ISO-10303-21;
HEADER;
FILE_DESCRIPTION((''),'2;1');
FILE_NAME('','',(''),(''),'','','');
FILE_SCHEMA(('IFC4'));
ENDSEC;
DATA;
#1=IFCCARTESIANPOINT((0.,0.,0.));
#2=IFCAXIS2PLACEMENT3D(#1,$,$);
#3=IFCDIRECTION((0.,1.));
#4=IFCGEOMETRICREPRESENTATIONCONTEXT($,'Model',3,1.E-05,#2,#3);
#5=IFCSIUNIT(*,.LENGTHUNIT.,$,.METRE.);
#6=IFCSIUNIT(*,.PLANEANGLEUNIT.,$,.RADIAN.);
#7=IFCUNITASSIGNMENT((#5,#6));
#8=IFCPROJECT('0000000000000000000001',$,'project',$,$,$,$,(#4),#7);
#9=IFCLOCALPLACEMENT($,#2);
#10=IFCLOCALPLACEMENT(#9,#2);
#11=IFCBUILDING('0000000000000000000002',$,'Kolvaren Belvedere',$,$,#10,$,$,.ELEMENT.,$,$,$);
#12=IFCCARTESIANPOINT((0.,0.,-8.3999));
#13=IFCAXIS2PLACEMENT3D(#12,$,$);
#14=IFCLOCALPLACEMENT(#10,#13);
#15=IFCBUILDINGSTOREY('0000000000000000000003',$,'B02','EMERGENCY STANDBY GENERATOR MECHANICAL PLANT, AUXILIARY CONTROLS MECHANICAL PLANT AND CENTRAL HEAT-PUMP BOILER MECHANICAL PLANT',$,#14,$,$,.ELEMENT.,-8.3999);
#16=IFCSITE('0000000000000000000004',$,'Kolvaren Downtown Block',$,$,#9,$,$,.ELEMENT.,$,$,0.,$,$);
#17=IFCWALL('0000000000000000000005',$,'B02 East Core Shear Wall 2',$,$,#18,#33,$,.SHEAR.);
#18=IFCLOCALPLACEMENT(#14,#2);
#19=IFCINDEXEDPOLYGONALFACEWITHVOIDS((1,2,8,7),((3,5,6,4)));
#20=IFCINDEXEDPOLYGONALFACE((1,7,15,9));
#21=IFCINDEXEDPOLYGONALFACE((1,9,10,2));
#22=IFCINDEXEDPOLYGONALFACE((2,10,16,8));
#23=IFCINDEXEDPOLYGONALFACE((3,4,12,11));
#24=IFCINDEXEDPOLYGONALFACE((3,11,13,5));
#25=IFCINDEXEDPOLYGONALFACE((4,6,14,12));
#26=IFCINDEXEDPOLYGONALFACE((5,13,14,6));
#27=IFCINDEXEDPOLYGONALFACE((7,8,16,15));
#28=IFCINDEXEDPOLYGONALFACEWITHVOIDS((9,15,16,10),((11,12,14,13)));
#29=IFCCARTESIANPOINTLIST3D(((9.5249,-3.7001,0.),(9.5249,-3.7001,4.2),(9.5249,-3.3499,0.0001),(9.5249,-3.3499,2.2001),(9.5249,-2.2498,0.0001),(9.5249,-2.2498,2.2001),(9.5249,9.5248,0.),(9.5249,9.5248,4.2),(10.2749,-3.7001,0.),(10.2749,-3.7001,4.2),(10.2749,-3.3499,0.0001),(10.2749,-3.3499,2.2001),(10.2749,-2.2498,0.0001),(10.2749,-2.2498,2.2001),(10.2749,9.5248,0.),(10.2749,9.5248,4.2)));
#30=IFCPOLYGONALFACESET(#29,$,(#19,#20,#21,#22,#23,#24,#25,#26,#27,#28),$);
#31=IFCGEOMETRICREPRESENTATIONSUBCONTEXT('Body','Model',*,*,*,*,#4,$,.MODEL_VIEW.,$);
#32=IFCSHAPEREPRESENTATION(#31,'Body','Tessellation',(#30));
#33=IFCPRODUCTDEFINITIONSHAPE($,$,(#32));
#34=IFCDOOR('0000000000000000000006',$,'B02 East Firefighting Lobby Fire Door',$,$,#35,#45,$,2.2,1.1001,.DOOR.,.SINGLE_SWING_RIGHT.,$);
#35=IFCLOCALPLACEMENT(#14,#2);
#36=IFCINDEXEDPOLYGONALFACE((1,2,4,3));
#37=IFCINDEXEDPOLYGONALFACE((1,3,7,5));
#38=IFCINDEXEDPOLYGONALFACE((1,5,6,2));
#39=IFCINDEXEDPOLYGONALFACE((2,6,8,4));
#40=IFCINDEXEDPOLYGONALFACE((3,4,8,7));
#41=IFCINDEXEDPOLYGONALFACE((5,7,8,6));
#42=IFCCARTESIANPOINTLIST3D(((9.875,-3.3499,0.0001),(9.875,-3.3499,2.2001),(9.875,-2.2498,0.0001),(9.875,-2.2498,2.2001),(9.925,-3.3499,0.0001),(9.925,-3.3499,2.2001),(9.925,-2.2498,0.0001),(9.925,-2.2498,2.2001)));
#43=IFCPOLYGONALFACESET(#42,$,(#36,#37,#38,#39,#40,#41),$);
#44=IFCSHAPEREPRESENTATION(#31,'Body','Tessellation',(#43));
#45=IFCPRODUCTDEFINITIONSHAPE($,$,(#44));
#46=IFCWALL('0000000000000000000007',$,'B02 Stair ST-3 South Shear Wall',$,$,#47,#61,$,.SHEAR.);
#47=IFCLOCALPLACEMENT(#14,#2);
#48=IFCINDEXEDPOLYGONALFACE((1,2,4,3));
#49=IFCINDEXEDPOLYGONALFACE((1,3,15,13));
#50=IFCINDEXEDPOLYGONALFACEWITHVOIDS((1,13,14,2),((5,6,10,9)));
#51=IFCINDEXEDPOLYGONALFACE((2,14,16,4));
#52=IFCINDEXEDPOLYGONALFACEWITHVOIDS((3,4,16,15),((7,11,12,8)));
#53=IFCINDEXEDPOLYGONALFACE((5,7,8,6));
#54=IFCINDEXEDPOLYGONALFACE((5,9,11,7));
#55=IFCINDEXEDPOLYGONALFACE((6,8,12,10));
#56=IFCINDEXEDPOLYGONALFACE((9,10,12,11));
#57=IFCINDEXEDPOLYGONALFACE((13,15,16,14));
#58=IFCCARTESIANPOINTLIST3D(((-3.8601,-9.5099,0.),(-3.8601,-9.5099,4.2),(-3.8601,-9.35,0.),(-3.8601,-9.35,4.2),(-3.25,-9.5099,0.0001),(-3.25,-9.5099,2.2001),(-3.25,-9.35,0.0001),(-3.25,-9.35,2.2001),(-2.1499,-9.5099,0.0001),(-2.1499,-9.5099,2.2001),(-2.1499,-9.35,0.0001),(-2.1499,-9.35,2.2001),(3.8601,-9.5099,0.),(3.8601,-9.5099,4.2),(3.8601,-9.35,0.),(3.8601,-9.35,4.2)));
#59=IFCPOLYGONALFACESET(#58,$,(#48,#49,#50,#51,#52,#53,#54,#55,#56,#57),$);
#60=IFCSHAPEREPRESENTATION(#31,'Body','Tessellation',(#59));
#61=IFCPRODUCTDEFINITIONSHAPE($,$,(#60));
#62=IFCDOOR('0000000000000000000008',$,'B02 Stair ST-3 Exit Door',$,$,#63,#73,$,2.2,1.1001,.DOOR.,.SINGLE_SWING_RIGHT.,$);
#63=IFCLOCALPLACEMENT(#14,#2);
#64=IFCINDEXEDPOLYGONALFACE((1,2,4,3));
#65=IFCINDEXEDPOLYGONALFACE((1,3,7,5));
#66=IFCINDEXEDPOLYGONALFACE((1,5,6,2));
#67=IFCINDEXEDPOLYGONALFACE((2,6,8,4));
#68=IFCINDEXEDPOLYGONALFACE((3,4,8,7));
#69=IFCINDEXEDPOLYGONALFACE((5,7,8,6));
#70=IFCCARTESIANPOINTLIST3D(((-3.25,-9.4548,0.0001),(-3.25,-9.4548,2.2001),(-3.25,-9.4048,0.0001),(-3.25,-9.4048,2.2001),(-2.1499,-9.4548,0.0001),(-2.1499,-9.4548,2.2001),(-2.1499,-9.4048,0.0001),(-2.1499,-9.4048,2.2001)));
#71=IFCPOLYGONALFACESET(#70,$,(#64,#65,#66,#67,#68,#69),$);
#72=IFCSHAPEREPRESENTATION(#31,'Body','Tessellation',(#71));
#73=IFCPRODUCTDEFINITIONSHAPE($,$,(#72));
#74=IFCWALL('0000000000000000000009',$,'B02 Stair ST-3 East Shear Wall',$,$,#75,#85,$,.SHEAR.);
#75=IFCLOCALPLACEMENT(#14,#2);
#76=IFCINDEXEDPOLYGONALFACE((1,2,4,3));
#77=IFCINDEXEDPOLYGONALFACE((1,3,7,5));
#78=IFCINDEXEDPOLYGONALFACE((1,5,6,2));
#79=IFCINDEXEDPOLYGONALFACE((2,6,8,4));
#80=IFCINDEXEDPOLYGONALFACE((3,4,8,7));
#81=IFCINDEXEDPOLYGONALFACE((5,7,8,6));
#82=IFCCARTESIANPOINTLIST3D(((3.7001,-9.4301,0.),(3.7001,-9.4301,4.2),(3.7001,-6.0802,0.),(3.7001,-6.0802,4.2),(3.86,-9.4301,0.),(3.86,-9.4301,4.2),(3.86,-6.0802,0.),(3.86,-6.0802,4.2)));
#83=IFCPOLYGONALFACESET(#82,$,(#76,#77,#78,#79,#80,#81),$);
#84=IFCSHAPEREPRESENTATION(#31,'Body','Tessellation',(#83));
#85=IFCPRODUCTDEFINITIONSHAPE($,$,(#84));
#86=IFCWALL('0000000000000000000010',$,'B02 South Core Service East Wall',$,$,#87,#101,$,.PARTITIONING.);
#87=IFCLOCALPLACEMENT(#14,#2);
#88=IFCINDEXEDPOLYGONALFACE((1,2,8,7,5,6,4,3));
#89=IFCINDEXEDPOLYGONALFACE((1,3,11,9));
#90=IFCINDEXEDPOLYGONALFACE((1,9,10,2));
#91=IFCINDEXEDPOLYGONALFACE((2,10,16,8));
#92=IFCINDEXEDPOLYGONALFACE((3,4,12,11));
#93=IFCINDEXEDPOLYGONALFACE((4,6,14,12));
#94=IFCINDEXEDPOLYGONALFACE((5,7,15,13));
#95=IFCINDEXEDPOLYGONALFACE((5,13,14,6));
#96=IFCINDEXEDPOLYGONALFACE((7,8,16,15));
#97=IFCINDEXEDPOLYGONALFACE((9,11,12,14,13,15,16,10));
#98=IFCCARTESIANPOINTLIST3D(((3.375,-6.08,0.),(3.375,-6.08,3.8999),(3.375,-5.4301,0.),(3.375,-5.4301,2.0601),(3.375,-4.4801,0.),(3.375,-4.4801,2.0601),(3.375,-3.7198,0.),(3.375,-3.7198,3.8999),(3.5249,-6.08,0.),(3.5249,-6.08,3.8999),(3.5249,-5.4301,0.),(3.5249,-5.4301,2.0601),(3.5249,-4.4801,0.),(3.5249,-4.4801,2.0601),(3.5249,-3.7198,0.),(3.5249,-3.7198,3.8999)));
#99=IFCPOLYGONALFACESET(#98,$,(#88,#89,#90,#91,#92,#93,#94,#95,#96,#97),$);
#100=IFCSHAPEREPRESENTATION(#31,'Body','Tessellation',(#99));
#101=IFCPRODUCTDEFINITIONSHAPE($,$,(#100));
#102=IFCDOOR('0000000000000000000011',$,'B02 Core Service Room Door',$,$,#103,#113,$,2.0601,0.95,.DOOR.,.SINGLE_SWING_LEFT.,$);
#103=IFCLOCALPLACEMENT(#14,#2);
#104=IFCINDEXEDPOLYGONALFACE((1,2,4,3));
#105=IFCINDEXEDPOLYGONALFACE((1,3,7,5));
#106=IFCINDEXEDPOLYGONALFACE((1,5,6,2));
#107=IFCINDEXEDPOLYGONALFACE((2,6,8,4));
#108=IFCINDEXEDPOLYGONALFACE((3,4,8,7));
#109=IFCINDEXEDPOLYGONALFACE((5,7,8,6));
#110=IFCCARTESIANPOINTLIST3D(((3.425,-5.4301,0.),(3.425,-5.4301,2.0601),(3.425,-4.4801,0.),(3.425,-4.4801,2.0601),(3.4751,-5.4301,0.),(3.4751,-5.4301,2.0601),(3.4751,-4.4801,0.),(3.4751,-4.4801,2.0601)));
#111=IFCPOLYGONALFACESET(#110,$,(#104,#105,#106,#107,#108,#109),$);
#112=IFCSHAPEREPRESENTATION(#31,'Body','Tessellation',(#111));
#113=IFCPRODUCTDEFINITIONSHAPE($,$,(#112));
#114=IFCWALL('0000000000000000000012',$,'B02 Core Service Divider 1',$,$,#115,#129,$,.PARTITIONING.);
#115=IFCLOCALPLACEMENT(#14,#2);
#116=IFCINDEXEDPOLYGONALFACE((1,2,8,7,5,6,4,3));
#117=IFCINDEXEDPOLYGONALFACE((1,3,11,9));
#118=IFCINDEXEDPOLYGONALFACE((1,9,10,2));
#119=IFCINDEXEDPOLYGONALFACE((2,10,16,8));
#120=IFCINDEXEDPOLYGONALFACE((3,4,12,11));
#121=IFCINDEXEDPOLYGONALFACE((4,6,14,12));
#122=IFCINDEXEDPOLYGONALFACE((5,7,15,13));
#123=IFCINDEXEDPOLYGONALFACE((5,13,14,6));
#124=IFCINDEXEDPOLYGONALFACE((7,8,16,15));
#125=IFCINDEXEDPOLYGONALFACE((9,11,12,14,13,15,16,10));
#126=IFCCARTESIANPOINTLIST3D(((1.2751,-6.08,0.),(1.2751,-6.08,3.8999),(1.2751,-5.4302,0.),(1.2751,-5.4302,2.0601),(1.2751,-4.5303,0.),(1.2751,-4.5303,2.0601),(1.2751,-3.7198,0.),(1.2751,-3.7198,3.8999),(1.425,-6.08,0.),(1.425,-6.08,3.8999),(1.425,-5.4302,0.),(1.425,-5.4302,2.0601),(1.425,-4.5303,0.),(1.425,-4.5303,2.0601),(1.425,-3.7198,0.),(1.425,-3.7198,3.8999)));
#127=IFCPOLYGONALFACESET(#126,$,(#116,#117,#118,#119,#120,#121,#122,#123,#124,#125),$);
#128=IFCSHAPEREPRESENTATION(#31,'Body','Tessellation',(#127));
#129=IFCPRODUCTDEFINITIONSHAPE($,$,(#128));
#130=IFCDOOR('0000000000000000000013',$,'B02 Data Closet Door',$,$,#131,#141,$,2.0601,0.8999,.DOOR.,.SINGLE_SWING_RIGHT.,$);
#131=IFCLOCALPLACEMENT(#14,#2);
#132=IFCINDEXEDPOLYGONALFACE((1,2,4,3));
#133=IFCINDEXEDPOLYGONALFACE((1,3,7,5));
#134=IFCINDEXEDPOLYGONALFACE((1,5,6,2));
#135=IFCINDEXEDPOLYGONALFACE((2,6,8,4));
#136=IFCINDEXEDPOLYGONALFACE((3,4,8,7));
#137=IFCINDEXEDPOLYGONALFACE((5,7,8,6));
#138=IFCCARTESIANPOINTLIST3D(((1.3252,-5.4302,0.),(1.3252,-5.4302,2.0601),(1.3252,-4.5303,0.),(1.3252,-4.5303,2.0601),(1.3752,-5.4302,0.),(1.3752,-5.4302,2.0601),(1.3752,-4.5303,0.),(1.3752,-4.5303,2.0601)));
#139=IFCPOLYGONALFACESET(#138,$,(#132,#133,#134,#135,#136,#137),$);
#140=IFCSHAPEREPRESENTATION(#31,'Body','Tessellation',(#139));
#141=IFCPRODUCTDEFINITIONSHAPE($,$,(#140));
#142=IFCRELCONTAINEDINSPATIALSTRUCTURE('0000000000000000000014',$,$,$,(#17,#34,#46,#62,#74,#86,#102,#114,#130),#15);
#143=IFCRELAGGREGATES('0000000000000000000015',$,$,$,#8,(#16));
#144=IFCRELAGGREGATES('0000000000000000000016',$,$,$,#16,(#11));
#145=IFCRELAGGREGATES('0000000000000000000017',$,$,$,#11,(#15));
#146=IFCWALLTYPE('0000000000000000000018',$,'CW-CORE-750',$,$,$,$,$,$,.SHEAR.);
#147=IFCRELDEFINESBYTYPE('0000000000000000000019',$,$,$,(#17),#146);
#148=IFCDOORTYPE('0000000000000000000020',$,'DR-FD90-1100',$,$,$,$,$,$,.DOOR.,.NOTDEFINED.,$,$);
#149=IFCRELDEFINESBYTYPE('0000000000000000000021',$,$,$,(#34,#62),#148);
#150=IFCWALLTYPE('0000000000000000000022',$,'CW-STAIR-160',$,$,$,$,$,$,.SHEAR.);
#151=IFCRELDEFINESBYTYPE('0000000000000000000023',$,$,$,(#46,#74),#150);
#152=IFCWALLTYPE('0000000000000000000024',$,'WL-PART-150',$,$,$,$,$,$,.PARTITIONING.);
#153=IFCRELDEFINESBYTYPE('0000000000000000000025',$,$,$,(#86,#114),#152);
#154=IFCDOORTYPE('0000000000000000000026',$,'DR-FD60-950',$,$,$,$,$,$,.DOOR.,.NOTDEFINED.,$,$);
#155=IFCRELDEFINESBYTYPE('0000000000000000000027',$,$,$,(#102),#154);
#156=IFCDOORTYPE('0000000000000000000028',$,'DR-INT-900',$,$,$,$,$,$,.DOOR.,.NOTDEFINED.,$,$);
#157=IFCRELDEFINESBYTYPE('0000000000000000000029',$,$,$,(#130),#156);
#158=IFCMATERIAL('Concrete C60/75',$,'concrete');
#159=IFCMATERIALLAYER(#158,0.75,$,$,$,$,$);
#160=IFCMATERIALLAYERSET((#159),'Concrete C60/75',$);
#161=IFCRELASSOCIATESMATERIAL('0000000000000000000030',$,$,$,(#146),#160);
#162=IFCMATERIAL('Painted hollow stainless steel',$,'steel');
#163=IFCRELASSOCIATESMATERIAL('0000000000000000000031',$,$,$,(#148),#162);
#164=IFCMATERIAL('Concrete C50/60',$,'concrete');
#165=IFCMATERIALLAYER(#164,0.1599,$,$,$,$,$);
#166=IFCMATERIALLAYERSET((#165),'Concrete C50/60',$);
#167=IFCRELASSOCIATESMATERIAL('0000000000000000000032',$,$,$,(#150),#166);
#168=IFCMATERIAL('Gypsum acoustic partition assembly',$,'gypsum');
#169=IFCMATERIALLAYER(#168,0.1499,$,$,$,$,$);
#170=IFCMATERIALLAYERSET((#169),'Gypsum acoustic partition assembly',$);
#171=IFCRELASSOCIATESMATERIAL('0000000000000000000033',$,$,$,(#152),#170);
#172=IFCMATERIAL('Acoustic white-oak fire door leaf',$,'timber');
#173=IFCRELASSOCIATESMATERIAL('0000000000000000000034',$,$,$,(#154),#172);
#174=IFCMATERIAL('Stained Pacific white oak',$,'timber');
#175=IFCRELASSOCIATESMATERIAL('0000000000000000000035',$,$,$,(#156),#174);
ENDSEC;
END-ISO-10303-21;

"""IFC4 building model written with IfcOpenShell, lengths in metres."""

from ifc_helpers import new_model, si_unit, direction, frame, frame_2d, origin, place, context, subcontext, project, spatial, rectangle, extrude, material, layer, layer_set, type_object, element, fill, save


model = new_model("IFC4")

# Units and contexts
model_context = context("Model", 3, precision=1e-05, world=origin(), true_north=direction((0.0, 1.0)))
body_context = subcontext(model_context, "Body", "Model", "MODEL_VIEW")
ifc_project = project(units=[si_unit("LENGTHUNIT", "METRE"), si_unit("PLANEANGLEUNIT", "RADIAN")], contexts=[model_context])

# Site, building, storey
site_placement = place(None, origin())
site = spatial("IfcSite", under=ifc_project, at=site_placement, Name="Kolvaren Downtown Block", CompositionType="ELEMENT", RefElevation=0.0)
building_placement = place(site_placement, origin())
building = spatial("IfcBuilding", under=site, at=building_placement, Name="Kolvaren Belvedere", CompositionType="ELEMENT")
storey_placement = place(building_placement, frame((0.0, 0.0, -8.3999)))
storey = spatial("IfcBuildingStorey", under=building, at=storey_placement, Name="B02", Description="EMERGENCY STANDBY GENERATOR MECHANICAL PLANT, AUXILIARY CONTROLS MECHANICAL PLANT AND CENTRAL HEAT-PUMP BOILER MECHANICAL PLANT", CompositionType="ELEMENT", Elevation=-8.3999)

# Walls, openings, doors
ifc_material_1 = material(Name="Concrete C60/75", Category="concrete")
ifc_layer_1 = layer(ifc_material_1, 0.75)
ifc_layer_set_1 = layer_set([ifc_layer_1], Name="Concrete C60/75")
wall_type_1 = type_object("IfcWallType", Name="CW-CORE-750", PredefinedType="SHEAR", material=ifc_layer_set_1)
wall_1_placement = place(storey_placement, frame((9.8999, -3.7, 0.0), z_axis=(0.0, 0.0, 1.0), x_axis=(0.0, 1.0, 0.0)))
wall_1 = element("IfcWall", 1, at=wall_1_placement, inside=storey, type_object=wall_type_1, Name="B02 East Core Shear Wall 2", PredefinedType="SHEAR", context=body_context, shape_type="SweptSolid", body=[
    extrude(rectangle(XDim=13.2249, YDim=0.75, at=frame_2d((6.6123, 0.0))), origin(), (0.0, 0.0, 1.0), 4.2),
])
opening_1_placement = place(wall_1_placement, frame((0.3501, 0.0, 0.0)))
opening_1 = element("IfcOpeningElement", 2, at=opening_1_placement, cuts=wall_1, PredefinedType="OPENING", context=body_context, shape_type="SweptSolid", body=[
    extrude(rectangle(XDim=1.1001, YDim=2.2, at=frame_2d((0.55, 1.1001))), frame((0.0, 0.385, 0.0), z_axis=(0.0, -1.0, 0.0), x_axis=(1.0, 0.0, 0.0)), (0.0, 0.0, 1.0), 0.77),
])
ifc_material_2 = material(Name="Painted hollow stainless steel", Category="steel")
door_type_1 = type_object("IfcDoorType", Name="DR-FD90-1100", OperationType="NOTDEFINED", PredefinedType="DOOR", material=ifc_material_2)
door_1_placement = place(opening_1_placement, origin())
door_1 = element("IfcDoor", 3, at=door_1_placement, inside=storey, type_object=door_type_1, Name="B02 East Firefighting Lobby Fire Door", OperationType="SINGLE_SWING_RIGHT", OverallHeight=2.2, OverallWidth=1.1001, PredefinedType="DOOR", context=body_context, shape_type="SweptSolid", body=[
    extrude(rectangle(XDim=1.1001, YDim=2.2, at=frame_2d((0.55, 1.1001))), frame((0.0, 0.0249, 0.0), z_axis=(0.0, -1.0, 0.0), x_axis=(1.0, 0.0, 0.0)), (0.0, 0.0, 1.0), 0.05),
])
fill(opening_1, door_1)
ifc_material_3 = material(Name="Concrete C50/60", Category="concrete")
ifc_layer_2 = layer(ifc_material_3, 0.1599)
ifc_layer_set_2 = layer_set([ifc_layer_2], Name="Concrete C50/60")
wall_type_2 = type_object("IfcWallType", Name="CW-STAIR-160", PredefinedType="SHEAR", material=ifc_layer_set_2)
wall_2_placement = place(storey_placement, frame((3.8601, -9.4299, 0.0), z_axis=(0.0, 0.0, 1.0), x_axis=(-1.0, 0.0, 0.0)))
wall_2 = element("IfcWall", 4, at=wall_2_placement, inside=storey, type_object=wall_type_2, Name="B02 Stair ST-3 South Shear Wall", PredefinedType="SHEAR", context=body_context, shape_type="SweptSolid", body=[
    extrude(rectangle(XDim=7.7202, YDim=0.1599, at=frame_2d((3.8601, 0.0))), origin(), (0.0, 0.0, 1.0), 4.2),
])
opening_2_placement = place(wall_2_placement, frame((6.01, 0.0, 0.0)))
opening_2 = element("IfcOpeningElement", 5, at=opening_2_placement, cuts=wall_2, PredefinedType="OPENING", context=body_context, shape_type="SweptSolid", body=[
    extrude(rectangle(XDim=1.1001, YDim=2.2, at=frame_2d((0.55, 1.1001))), frame((0.0, 0.0898, 0.0), z_axis=(0.0, -1.0, 0.0), x_axis=(1.0, 0.0, 0.0)), (0.0, 0.0, 1.0), 0.1799),
])
door_2_placement = place(opening_2_placement, origin())
door_2 = element("IfcDoor", 6, at=door_2_placement, inside=storey, type_object=door_type_1, Name="B02 Stair ST-3 Exit Door", OperationType="SINGLE_SWING_RIGHT", OverallHeight=2.2, OverallWidth=1.1001, PredefinedType="DOOR", context=body_context, shape_type="SweptSolid", body=[
    extrude(rectangle(XDim=1.1001, YDim=2.2, at=frame_2d((0.55, 1.1001))), frame((0.0, 0.0249, 0.0), z_axis=(0.0, -1.0, 0.0), x_axis=(1.0, 0.0, 0.0)), (0.0, 0.0, 1.0), 0.05),
])
fill(opening_2, door_2)

# Wall
wall_3_placement = place(storey_placement, frame((3.78, -9.4299, 0.0), z_axis=(0.0, 0.0, 1.0), x_axis=(0.0, 1.0, 0.0)))
element("IfcWall", 7, at=wall_3_placement, inside=storey, type_object=wall_type_2, Name="B02 Stair ST-3 East Shear Wall", PredefinedType="SHEAR", context=body_context, shape_type="SweptSolid", body=[
    extrude(rectangle(XDim=3.3499, YDim=0.1599, at=frame_2d((1.6748, 0.0))), origin(), (0.0, 0.0, 1.0), 4.2),
])

# Walls, openings, doors
ifc_material_4 = material(Name="Gypsum acoustic partition assembly", Category="gypsum")
ifc_layer_3 = layer(ifc_material_4, 0.1499)
ifc_layer_set_3 = layer_set([ifc_layer_3], Name="Gypsum acoustic partition assembly")
wall_type_3 = type_object("IfcWallType", Name="WL-PART-150", PredefinedType="PARTITIONING", material=ifc_layer_set_3)
wall_4_placement = place(storey_placement, frame((3.45, -6.0801, 0.0), z_axis=(0.0, 0.0, 1.0), x_axis=(0.0, 1.0, 0.0)))
wall_4 = element("IfcWall", 8, at=wall_4_placement, inside=storey, type_object=wall_type_3, Name="B02 South Core Service East Wall", PredefinedType="PARTITIONING", context=body_context, shape_type="SweptSolid", body=[
    extrude(rectangle(XDim=2.3601, YDim=0.1499, at=frame_2d((1.1802, 0.0))), origin(), (0.0, 0.0, 1.0), 3.8999),
])
opening_3_placement = place(wall_4_placement, frame((0.6499, 0.0, 0.0)))
opening_3 = element("IfcOpeningElement", 9, at=opening_3_placement, cuts=wall_4, PredefinedType="OPENING", context=body_context, shape_type="SweptSolid", body=[
    extrude(rectangle(XDim=0.95, YDim=2.0601, at=frame_2d((0.4751, 1.03))), frame((0.0, 0.085, 0.0), z_axis=(0.0, -1.0, 0.0), x_axis=(1.0, 0.0, 0.0)), (0.0, 0.0, 1.0), 0.1699),
])
ifc_material_5 = material(Name="Acoustic white-oak fire door leaf", Category="timber")
door_type_2 = type_object("IfcDoorType", Name="DR-FD60-950", OperationType="NOTDEFINED", PredefinedType="DOOR", material=ifc_material_5)
door_3_placement = place(opening_3_placement, origin())
door_3 = element("IfcDoor", 10, at=door_3_placement, inside=storey, type_object=door_type_2, Name="B02 Core Service Room Door", OperationType="SINGLE_SWING_LEFT", OverallHeight=2.0601, OverallWidth=0.95, PredefinedType="DOOR", context=body_context, shape_type="SweptSolid", body=[
    extrude(rectangle(XDim=0.95, YDim=2.0601, at=frame_2d((0.4751, 1.03))), frame((0.0, 0.0249, 0.0), z_axis=(0.0, -1.0, 0.0), x_axis=(1.0, 0.0, 0.0)), (0.0, 0.0, 1.0), 0.05),
])
fill(opening_3, door_3)
wall_5_placement = place(storey_placement, frame((1.3501, -6.0801, 0.0), z_axis=(0.0, 0.0, 1.0), x_axis=(0.0, 1.0, 0.0)))
wall_5 = element("IfcWall", 11, at=wall_5_placement, inside=storey, type_object=wall_type_3, Name="B02 Core Service Divider 1", PredefinedType="PARTITIONING", context=body_context, shape_type="SweptSolid", body=[
    extrude(rectangle(XDim=2.3601, YDim=0.1499, at=frame_2d((1.1802, 0.0))), origin(), (0.0, 0.0, 1.0), 3.8999),
])
opening_4_placement = place(wall_5_placement, frame((0.6499, 0.0, 0.0)))
opening_4 = element("IfcOpeningElement", 12, at=opening_4_placement, cuts=wall_5, PredefinedType="OPENING", context=body_context, shape_type="SweptSolid", body=[
    extrude(rectangle(XDim=0.8999, YDim=2.0601, at=frame_2d((0.45, 1.03))), frame((0.0, 0.085, 0.0), z_axis=(0.0, -1.0, 0.0), x_axis=(1.0, 0.0, 0.0)), (0.0, 0.0, 1.0), 0.1699),
])
ifc_material_6 = material(Name="Stained Pacific white oak", Category="timber")
door_type_3 = type_object("IfcDoorType", Name="DR-INT-900", OperationType="NOTDEFINED", PredefinedType="DOOR", material=ifc_material_6)
door_4_placement = place(opening_4_placement, origin())
door_4 = element("IfcDoor", 13, at=door_4_placement, inside=storey, type_object=door_type_3, Name="B02 Data Closet Door", OperationType="SINGLE_SWING_RIGHT", OverallHeight=2.0601, OverallWidth=0.8999, PredefinedType="DOOR", context=body_context, shape_type="SweptSolid", body=[
    extrude(rectangle(XDim=0.8999, YDim=2.0601, at=frame_2d((0.45, 1.03))), frame((0.0, 0.0249, 0.0), z_axis=(0.0, -1.0, 0.0), x_axis=(1.0, 0.0, 0.0)), (0.0, 0.0, 1.0), 0.05),
])
fill(opening_4, door_4)

save(model, "model.ifc")
